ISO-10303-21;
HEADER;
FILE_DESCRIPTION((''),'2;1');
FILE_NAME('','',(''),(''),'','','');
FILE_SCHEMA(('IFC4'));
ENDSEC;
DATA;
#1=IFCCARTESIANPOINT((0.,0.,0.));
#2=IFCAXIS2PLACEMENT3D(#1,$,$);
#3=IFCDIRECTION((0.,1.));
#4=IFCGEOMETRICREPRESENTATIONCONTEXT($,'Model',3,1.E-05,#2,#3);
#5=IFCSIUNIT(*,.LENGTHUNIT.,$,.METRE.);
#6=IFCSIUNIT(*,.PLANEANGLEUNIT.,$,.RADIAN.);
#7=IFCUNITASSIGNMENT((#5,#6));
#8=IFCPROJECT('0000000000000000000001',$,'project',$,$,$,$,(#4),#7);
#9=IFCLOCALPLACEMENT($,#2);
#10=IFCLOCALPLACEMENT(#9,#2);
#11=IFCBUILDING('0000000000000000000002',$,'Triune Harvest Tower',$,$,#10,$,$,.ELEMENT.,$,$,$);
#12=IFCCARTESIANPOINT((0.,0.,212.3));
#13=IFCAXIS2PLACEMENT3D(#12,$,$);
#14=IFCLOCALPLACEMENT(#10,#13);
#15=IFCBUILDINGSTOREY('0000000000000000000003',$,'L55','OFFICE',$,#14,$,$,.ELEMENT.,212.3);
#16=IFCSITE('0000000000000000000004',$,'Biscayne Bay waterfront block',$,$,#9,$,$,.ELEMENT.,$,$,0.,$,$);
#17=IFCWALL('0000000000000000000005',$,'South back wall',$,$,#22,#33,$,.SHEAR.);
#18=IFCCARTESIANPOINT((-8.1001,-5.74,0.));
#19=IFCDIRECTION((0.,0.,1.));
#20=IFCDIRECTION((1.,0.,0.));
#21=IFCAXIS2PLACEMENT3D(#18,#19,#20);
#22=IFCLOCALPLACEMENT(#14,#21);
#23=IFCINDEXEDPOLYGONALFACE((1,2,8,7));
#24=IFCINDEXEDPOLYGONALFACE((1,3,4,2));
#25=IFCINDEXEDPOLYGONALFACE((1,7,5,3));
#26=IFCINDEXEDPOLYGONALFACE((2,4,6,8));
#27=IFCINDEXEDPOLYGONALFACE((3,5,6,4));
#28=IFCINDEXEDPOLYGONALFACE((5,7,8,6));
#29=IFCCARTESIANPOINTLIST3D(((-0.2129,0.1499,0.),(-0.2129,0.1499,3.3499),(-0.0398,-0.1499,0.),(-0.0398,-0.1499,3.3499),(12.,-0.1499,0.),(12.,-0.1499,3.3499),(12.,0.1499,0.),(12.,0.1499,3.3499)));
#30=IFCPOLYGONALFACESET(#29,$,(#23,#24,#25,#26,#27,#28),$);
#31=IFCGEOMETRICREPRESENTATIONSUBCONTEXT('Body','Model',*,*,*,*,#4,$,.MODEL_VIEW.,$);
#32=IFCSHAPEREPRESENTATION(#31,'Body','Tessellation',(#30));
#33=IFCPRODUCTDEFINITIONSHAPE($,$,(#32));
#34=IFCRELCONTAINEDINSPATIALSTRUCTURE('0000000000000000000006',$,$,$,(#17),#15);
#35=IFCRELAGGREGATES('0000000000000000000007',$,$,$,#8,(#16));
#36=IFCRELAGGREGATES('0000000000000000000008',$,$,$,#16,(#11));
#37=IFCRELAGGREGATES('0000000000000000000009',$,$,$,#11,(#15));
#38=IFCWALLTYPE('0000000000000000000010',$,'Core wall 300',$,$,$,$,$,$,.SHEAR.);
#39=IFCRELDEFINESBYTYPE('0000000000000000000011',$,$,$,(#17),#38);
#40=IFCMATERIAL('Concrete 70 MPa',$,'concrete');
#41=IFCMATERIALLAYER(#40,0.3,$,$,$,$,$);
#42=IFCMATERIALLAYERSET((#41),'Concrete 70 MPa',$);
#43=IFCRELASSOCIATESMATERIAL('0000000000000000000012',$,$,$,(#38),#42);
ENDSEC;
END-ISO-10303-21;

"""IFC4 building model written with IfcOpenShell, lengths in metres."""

from ifc_helpers import new_model, si_unit, direction, frame, origin, place, context, subcontext, project, spatial, polyline, outline, extrude, source, transform, mapped, material, layer, layer_set, type_object, element, save


model = new_model("IFC4")

# Units and contexts
model_context = context("Model", 3, precision=1e-05, world=origin(), true_north=direction((0.0, 1.0)))
body_context = subcontext(model_context, "Body", "Model", "MODEL_VIEW")
ifc_project = project(units=[si_unit("LENGTHUNIT", "METRE"), si_unit("PLANEANGLEUNIT", "RADIAN")], contexts=[model_context])

# Site, building, storey
site_placement = place(None, origin())
site = spatial("IfcSite", under=ifc_project, at=site_placement, Name="Biscayne Bay waterfront block", CompositionType="ELEMENT", RefElevation=0.0)
building_placement = place(site_placement, origin())
building = spatial("IfcBuilding", under=site, at=building_placement, Name="Triune Harvest Tower", CompositionType="ELEMENT")
storey_placement = place(building_placement, frame((0.0, 0.0, 212.3)))
storey = spatial("IfcBuildingStorey", under=building, at=storey_placement, Name="L55", Description="OFFICE", CompositionType="ELEMENT", Elevation=212.3)

# Shared definitions
ifc_material_1 = material(Name="Concrete 70 MPa", Category="concrete")
ifc_layer_1 = layer(ifc_material_1, 0.3)
ifc_layer_set_1 = layer_set([ifc_layer_1], Name="Concrete 70 MPa")
wall_type_1 = type_object("IfcWallType", Name="Core wall 300", PredefinedType="SHEAR", material=ifc_layer_set_1)

# Wall
shared_shape_1 = source(origin(), body_context, "Body", "SweptSolid", [
    extrude(outline(polyline([(12.0, -0.1499), (-0.0398, -0.1499), (-0.2129, 0.1499), (12.0, 0.1499), (12.0, -0.1499)])), origin(), (0.0, 0.0, 1.0), 3.3499),
])
wall_1_placement = place(storey_placement, frame((-8.1001, -5.74, 0.0), z_axis=(0.0, 0.0, 1.0), x_axis=(1.0, 0.0, 0.0)))
element("IfcWall", 1, at=wall_1_placement, inside=storey, type_object=wall_type_1, Name="South back wall", PredefinedType="SHEAR", context=body_context, shape_type="MappedRepresentation", body=[
    mapped(shared_shape_1, transform((0.0, 0.0, 0.0), scale=1.0)),
])

save(model, "model.ifc")
